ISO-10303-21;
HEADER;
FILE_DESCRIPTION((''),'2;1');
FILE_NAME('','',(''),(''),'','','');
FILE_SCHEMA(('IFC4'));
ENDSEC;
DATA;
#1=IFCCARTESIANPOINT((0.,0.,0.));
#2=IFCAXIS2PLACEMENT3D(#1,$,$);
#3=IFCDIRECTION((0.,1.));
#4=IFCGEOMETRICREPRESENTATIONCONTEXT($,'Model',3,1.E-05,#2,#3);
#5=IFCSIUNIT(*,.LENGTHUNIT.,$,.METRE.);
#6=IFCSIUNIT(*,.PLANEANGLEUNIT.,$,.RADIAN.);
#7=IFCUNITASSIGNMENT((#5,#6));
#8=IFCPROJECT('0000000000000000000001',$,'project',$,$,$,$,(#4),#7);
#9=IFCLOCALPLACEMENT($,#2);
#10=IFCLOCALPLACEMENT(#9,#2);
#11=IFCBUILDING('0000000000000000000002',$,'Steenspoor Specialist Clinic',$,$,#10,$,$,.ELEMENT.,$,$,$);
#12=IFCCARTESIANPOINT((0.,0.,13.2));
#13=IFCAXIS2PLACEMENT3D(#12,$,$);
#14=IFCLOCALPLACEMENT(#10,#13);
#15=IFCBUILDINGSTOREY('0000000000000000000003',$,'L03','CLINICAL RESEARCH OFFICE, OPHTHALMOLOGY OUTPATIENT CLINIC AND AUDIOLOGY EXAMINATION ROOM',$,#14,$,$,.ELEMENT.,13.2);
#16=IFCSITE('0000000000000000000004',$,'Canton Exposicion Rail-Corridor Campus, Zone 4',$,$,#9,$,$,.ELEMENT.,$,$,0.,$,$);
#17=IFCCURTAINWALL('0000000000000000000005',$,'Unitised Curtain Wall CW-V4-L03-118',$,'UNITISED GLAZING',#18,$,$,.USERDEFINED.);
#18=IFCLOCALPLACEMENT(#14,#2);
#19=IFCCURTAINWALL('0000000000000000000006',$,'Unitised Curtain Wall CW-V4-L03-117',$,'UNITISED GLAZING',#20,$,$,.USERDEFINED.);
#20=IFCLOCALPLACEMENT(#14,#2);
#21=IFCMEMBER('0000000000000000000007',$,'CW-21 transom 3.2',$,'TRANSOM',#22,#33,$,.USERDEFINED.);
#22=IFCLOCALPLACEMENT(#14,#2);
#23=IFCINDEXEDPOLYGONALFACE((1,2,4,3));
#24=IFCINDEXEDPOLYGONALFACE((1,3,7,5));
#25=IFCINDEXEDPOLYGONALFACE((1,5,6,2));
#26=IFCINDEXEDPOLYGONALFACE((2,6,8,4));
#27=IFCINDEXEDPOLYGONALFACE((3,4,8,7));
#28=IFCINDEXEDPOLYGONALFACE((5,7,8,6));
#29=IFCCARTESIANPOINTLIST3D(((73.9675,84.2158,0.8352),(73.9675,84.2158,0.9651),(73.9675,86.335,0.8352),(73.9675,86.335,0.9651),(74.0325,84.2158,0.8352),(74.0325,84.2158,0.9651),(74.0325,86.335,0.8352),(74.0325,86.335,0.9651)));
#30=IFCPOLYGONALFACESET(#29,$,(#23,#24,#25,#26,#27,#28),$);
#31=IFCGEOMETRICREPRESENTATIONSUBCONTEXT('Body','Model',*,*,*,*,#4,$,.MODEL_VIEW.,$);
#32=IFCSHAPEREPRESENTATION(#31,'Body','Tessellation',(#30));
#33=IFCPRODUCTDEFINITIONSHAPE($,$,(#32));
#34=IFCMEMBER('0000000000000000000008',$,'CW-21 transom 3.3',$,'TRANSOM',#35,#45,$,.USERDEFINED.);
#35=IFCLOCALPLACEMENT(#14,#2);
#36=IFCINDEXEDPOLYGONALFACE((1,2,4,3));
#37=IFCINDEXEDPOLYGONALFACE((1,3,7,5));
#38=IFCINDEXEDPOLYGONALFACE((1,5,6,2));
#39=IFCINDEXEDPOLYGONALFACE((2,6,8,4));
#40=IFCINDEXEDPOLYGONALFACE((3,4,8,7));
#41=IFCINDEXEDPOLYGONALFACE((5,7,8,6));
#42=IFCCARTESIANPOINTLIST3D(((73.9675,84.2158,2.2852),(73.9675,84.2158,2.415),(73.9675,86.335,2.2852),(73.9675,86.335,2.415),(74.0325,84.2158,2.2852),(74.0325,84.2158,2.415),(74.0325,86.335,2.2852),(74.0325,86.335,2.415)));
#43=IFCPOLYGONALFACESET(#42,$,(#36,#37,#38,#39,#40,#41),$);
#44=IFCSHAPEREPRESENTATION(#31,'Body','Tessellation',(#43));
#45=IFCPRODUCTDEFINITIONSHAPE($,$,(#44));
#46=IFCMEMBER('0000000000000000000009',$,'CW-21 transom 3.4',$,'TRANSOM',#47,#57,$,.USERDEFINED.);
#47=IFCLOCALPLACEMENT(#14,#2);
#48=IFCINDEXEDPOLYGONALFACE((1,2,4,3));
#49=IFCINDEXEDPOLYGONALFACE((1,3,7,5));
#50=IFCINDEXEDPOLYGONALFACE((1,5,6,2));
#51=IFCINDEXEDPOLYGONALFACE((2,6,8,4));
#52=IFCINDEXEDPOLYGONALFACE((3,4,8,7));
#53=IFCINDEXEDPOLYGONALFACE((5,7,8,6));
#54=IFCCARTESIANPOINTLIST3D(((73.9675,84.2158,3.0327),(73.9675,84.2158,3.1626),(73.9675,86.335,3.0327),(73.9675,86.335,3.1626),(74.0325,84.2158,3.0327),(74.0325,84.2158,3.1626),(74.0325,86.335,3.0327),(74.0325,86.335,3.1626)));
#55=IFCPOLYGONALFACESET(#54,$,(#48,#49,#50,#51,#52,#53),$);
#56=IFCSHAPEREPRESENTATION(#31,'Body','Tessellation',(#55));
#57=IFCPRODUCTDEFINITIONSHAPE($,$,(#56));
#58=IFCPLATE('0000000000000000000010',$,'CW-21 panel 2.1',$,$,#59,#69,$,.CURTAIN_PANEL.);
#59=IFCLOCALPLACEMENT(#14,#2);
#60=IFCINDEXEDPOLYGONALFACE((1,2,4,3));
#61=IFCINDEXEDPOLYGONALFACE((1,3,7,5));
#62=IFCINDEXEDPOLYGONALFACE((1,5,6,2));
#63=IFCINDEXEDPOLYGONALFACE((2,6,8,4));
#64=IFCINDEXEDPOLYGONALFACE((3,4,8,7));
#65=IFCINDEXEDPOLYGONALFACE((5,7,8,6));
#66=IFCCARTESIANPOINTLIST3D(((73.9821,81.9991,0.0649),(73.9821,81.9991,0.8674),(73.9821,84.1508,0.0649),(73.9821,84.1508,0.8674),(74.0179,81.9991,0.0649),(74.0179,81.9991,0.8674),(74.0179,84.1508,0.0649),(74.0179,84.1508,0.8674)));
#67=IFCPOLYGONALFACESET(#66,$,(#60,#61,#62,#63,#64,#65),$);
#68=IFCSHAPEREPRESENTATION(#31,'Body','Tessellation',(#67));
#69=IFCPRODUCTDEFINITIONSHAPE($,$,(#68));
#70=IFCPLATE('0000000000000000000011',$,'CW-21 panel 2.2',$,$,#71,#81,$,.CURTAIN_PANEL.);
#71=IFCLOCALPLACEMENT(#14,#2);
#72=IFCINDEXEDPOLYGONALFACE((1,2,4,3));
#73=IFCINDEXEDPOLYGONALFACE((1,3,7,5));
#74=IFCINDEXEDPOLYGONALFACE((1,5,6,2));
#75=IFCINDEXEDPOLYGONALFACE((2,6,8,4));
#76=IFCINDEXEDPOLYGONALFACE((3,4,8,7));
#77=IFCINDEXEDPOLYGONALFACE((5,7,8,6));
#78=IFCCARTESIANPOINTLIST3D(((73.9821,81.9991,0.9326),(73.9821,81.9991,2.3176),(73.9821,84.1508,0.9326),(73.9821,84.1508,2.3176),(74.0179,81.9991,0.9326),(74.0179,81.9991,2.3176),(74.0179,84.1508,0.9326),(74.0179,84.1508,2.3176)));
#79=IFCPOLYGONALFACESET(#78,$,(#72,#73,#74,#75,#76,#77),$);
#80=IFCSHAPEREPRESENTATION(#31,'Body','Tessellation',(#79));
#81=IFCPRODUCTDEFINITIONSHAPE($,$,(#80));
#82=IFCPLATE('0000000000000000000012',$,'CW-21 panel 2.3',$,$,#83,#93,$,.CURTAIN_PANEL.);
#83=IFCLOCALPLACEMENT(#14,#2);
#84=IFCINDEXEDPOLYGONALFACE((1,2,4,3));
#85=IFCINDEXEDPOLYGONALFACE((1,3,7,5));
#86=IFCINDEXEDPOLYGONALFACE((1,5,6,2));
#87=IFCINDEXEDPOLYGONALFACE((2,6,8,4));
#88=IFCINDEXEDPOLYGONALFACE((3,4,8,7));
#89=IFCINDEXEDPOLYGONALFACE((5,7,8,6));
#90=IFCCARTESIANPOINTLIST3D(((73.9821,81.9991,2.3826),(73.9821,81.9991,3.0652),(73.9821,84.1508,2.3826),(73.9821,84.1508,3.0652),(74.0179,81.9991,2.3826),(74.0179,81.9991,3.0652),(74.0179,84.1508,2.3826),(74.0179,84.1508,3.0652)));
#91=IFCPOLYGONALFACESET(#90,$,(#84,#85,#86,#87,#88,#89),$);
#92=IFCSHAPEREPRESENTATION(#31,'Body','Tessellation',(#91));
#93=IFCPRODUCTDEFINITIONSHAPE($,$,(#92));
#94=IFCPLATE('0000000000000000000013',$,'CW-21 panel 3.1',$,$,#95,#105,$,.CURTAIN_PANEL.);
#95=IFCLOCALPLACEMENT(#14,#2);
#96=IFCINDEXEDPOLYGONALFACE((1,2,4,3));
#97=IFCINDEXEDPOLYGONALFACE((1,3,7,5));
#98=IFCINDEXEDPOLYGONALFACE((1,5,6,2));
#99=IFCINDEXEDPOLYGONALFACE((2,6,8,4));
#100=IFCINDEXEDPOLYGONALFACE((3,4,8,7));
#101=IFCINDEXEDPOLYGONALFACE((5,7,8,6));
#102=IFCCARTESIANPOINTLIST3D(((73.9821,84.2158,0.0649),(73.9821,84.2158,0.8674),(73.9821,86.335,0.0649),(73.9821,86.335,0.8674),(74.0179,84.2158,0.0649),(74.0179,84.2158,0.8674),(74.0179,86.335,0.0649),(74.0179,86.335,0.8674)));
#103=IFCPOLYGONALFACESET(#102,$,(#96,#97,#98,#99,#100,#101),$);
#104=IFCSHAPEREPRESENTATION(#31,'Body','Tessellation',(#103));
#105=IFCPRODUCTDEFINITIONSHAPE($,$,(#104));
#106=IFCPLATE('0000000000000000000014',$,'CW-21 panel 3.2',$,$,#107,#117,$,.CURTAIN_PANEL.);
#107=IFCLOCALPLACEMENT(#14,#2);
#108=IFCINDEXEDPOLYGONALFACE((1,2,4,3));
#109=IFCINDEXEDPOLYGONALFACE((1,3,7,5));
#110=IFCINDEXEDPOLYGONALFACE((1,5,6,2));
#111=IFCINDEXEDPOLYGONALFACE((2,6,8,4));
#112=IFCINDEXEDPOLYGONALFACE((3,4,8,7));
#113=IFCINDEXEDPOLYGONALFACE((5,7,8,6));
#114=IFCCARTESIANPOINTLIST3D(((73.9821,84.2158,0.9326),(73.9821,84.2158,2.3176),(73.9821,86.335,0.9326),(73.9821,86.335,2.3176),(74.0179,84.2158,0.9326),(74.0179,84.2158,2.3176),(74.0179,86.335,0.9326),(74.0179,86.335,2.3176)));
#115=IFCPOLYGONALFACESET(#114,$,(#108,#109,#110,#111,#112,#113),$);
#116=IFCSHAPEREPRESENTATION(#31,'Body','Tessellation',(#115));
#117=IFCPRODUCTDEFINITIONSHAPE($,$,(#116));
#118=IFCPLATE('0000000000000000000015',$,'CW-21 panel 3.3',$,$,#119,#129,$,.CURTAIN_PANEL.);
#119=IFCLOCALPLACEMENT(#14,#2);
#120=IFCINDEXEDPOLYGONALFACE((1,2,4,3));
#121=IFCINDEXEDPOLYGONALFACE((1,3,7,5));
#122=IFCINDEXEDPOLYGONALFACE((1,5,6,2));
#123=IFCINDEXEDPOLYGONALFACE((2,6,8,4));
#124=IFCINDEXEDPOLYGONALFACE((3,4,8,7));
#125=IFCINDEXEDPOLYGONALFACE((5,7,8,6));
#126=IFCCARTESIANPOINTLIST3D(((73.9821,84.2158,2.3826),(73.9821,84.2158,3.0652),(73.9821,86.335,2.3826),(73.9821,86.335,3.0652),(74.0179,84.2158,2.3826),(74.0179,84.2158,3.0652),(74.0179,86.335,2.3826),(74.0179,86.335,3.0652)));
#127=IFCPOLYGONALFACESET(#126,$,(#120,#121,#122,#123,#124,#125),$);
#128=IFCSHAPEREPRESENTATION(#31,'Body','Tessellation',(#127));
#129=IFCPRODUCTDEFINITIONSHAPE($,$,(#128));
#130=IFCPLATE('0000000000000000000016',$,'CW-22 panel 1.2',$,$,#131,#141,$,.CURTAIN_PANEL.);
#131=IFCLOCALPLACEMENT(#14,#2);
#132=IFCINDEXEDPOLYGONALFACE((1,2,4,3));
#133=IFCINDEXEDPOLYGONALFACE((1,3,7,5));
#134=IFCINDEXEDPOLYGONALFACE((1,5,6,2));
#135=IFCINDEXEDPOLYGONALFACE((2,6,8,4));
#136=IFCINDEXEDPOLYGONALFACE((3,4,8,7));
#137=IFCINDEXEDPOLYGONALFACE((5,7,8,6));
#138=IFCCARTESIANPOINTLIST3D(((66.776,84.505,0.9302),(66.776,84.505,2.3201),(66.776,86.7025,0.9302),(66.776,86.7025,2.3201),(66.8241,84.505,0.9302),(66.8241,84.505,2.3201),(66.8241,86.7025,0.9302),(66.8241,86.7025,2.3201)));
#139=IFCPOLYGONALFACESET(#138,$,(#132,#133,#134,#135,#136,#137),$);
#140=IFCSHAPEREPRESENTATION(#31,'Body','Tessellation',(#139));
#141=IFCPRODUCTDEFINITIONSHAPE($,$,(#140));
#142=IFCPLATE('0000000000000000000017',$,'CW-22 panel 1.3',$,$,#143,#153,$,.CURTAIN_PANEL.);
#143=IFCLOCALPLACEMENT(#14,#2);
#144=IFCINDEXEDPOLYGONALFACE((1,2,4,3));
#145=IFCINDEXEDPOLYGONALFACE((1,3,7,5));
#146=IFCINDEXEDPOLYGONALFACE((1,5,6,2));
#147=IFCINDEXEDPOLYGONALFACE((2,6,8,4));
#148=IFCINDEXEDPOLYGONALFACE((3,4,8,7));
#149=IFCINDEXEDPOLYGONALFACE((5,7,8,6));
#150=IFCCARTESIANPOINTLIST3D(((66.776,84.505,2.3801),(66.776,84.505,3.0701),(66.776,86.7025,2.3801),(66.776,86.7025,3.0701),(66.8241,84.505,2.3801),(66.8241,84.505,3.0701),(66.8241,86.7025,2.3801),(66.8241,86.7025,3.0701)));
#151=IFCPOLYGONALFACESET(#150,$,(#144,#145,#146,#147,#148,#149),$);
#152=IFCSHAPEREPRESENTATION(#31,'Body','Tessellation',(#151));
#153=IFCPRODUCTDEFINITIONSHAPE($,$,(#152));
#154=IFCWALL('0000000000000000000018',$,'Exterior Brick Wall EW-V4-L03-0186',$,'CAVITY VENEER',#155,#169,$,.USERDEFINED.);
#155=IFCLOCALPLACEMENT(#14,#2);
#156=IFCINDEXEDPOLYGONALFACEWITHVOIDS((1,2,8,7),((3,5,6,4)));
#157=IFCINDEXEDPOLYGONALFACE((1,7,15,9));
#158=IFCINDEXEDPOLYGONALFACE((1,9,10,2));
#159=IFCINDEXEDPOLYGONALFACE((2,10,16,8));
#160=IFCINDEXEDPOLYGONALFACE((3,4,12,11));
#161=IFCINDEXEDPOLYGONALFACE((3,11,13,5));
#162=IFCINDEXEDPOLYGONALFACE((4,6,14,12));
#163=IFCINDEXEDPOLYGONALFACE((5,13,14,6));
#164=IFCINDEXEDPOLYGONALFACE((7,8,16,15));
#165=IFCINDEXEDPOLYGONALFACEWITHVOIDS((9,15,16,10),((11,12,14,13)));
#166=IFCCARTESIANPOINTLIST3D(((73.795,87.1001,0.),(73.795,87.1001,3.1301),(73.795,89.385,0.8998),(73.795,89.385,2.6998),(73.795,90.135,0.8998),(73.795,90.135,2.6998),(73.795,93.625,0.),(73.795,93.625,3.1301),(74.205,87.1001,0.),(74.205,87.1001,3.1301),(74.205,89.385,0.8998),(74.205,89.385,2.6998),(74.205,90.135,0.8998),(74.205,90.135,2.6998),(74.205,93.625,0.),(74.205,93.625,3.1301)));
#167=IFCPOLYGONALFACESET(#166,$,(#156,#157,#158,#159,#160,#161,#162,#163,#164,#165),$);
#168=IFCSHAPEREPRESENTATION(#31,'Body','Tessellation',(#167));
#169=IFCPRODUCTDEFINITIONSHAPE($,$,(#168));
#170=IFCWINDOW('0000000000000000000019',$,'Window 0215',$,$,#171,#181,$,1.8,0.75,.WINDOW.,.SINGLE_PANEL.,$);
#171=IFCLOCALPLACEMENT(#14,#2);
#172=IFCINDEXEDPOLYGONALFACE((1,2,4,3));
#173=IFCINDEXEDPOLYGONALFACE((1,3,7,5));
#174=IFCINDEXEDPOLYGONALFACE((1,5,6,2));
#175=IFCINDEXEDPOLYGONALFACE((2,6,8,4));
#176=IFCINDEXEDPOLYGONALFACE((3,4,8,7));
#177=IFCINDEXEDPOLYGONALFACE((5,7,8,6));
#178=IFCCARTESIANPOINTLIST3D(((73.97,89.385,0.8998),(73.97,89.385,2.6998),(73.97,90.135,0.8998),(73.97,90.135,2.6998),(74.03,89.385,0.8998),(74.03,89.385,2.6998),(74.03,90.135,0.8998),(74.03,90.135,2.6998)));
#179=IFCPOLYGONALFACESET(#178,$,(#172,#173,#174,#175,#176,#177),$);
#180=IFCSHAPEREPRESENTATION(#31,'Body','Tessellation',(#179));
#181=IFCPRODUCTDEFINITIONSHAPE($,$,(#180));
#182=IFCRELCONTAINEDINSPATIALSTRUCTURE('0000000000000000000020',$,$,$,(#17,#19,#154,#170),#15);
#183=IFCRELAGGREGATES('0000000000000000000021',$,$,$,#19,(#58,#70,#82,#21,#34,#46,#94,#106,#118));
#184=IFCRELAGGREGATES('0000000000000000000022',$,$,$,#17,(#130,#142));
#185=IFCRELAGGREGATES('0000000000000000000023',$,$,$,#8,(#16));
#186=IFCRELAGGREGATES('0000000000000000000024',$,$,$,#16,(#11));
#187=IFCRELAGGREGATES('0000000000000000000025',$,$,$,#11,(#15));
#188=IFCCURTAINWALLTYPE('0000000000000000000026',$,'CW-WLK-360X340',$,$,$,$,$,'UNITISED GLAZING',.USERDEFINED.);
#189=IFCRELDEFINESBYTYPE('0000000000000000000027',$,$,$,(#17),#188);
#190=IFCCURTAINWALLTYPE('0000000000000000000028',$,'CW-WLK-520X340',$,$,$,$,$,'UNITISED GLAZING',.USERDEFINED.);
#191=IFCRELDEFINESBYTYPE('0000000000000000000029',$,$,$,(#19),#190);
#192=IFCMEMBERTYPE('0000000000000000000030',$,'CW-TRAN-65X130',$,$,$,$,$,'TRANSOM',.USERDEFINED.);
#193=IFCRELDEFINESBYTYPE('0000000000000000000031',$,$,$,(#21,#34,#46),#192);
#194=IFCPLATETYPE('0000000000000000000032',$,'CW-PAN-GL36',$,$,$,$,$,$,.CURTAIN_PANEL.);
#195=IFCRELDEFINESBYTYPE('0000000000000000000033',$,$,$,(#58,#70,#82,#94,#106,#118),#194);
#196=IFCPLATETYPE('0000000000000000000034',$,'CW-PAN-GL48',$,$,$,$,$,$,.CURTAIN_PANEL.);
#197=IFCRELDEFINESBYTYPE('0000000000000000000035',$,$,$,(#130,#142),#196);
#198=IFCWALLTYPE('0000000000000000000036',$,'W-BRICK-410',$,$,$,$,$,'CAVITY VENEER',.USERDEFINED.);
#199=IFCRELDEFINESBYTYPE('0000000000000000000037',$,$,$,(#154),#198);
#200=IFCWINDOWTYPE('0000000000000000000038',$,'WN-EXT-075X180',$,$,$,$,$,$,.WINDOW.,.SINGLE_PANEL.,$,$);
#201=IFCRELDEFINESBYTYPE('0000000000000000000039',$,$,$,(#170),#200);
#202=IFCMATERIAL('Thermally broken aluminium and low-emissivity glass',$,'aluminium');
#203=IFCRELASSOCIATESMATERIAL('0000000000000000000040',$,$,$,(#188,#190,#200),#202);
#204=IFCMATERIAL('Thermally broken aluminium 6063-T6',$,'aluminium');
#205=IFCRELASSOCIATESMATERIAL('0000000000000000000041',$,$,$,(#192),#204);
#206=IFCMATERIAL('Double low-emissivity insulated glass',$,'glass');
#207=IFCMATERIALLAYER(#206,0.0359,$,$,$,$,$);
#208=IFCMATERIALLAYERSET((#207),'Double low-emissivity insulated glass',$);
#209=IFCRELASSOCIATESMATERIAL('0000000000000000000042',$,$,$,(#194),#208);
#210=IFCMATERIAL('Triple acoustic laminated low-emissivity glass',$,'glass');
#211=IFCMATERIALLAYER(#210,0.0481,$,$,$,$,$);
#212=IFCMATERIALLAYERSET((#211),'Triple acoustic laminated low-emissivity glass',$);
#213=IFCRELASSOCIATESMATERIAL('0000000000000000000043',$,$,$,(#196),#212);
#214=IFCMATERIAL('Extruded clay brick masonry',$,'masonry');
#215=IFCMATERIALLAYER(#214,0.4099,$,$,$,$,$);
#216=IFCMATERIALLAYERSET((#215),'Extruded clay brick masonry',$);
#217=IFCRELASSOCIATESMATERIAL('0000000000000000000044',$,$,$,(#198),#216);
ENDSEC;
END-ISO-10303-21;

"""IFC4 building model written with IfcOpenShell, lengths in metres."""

from ifc_helpers import new_model, si_unit, direction, frame, frame_2d, origin, origin_2d, place, context, subcontext, project, spatial, rectangle, extrude, material, layer, layer_set, material_profile, profile_set, type_object, element, fill, aggregate, save


model = new_model("IFC4")

# Units and contexts
model_context = context("Model", 3, precision=1e-05, world=origin(), true_north=direction((0.0, 1.0)))
body_context = subcontext(model_context, "Body", "Model", "MODEL_VIEW")
ifc_project = project(units=[si_unit("LENGTHUNIT", "METRE"), si_unit("PLANEANGLEUNIT", "RADIAN")], contexts=[model_context])

# Site, building, storey
site_placement = place(None, origin())
site = spatial("IfcSite", under=ifc_project, at=site_placement, Name="Canton Exposicion Rail-Corridor Campus, Zone 4", CompositionType="ELEMENT", RefElevation=0.0)
building_placement = place(site_placement, origin())
building = spatial("IfcBuilding", under=site, at=building_placement, Name="Steenspoor Specialist Clinic", CompositionType="ELEMENT")
storey_placement = place(building_placement, frame((0.0, 0.0, 13.2)))
storey = spatial("IfcBuildingStorey", under=building, at=storey_placement, Name="L03", Description="CLINICAL RESEARCH OFFICE, OPHTHALMOLOGY OUTPATIENT CLINIC AND AUDIOLOGY EXAMINATION ROOM", CompositionType="ELEMENT", Elevation=13.2)

# Curtain wall
ifc_material_1 = material(Name="Thermally broken aluminium and low-emissivity glass", Category="aluminium")
curtain_wall_type_1 = type_object("IfcCurtainWallType", Name="CW-WLK-360X340", ElementType="UNITISED GLAZING", PredefinedType="USERDEFINED", material=ifc_material_1)
curtain_wall_1_placement = place(storey_placement, origin())
curtain_wall_1 = element("IfcCurtainWall", 1, at=curtain_wall_1_placement, inside=storey, type_object=curtain_wall_type_1, Name="Unitised Curtain Wall CW-V4-L03-118", ObjectType="UNITISED GLAZING", PredefinedType="USERDEFINED")
ifc_material_2 = material(Name="Thermally broken aluminium 6063-T6", Category="aluminium")

# Curtain wall
curtain_wall_type_2 = type_object("IfcCurtainWallType", Name="CW-WLK-520X340", ElementType="UNITISED GLAZING", PredefinedType="USERDEFINED", material=ifc_material_1)
curtain_wall_2_placement = place(storey_placement, origin())
curtain_wall_2 = element("IfcCurtainWall", 2, at=curtain_wall_2_placement, inside=storey, type_object=curtain_wall_type_2, Name="Unitised Curtain Wall CW-V4-L03-117", ObjectType="UNITISED GLAZING", PredefinedType="USERDEFINED")

# Members
ifc_material_profile_1 = material_profile(ifc_material_2, rectangle(XDim=0.0649, YDim=0.1299, at=origin_2d()), Name="CWT-65X130")
ifc_profile_set_1 = profile_set([ifc_material_profile_1], Name="Thermally broken aluminium 6063-T6")
member_type_1 = type_object("IfcMemberType", Name="CW-TRAN-65X130", ElementType="TRANSOM", PredefinedType="USERDEFINED", material=ifc_profile_set_1)
member_1_placement = place(storey_placement, frame((74.0, 84.2158, 0.9001), z_axis=(0.0, 1.0, 0.0), x_axis=(-1.0, 0.0, 0.0)))
member_1 = element("IfcMember", 3, at=member_1_placement, type_object=member_type_1, Name="CW-21 transom 3.2", ObjectType="TRANSOM", PredefinedType="USERDEFINED", context=body_context, shape_type="SweptSolid", body=[
    extrude(rectangle(XDim=0.0649, YDim=0.1299, at=origin_2d()), origin(), (0.0, 0.0, 1.0), 2.1191),
])
member_2_placement = place(storey_placement, frame((74.0, 84.2158, 2.3501), z_axis=(0.0, 1.0, 0.0), x_axis=(-1.0, 0.0, 0.0)))
member_2 = element("IfcMember", 4, at=member_2_placement, type_object=member_type_1, Name="CW-21 transom 3.3", ObjectType="TRANSOM", PredefinedType="USERDEFINED", context=body_context, shape_type="SweptSolid", body=[
    extrude(rectangle(XDim=0.0649, YDim=0.1299, at=origin_2d()), origin(), (0.0, 0.0, 1.0), 2.1191),
])
member_3_placement = place(storey_placement, frame((74.0, 84.2158, 3.0977), z_axis=(0.0, 1.0, 0.0), x_axis=(-1.0, 0.0, 0.0)))
member_3 = element("IfcMember", 5, at=member_3_placement, type_object=member_type_1, Name="CW-21 transom 3.4", ObjectType="TRANSOM", PredefinedType="USERDEFINED", context=body_context, shape_type="SweptSolid", body=[
    extrude(rectangle(XDim=0.0649, YDim=0.1299, at=origin_2d()), origin(), (0.0, 0.0, 1.0), 2.1191),
])

# Plates
ifc_material_3 = material(Name="Double low-emissivity insulated glass", Category="glass")
ifc_layer_1 = layer(ifc_material_3, 0.0359)
ifc_layer_set_1 = layer_set([ifc_layer_1], Name="Double low-emissivity insulated glass")
plate_type_1 = type_object("IfcPlateType", Name="CW-PAN-GL36", PredefinedType="CURTAIN_PANEL", material=ifc_layer_set_1)
plate_1_placement = place(storey_placement, frame((74.0, 83.075, 0.0649), z_axis=(0.0, 0.0, 1.0), x_axis=(0.0, 1.0, 0.0)))
plate_1 = element("IfcPlate", 6, at=plate_1_placement, type_object=plate_type_1, Name="CW-21 panel 2.1", PredefinedType="CURTAIN_PANEL", context=body_context, shape_type="SweptSolid", body=[
    extrude(rectangle(XDim=2.1516, YDim=0.0359, at=origin_2d()), origin(), (0.0, 0.0, 1.0), 0.8025),
])
plate_2_placement = place(storey_placement, frame((74.0, 83.075, 0.9326), z_axis=(0.0, 0.0, 1.0), x_axis=(0.0, 1.0, 0.0)))
plate_2 = element("IfcPlate", 7, at=plate_2_placement, type_object=plate_type_1, Name="CW-21 panel 2.2", PredefinedType="CURTAIN_PANEL", context=body_context, shape_type="SweptSolid", body=[
    extrude(rectangle(XDim=2.1516, YDim=0.0359, at=origin_2d()), origin(), (0.0, 0.0, 1.0), 1.385),
])
plate_3_placement = place(storey_placement, frame((74.0, 83.075, 2.3826), z_axis=(0.0, 0.0, 1.0), x_axis=(0.0, 1.0, 0.0)))
plate_3 = element("IfcPlate", 8, at=plate_3_placement, type_object=plate_type_1, Name="CW-21 panel 2.3", PredefinedType="CURTAIN_PANEL", context=body_context, shape_type="SweptSolid", body=[
    extrude(rectangle(XDim=2.1516, YDim=0.0359, at=origin_2d()), origin(), (0.0, 0.0, 1.0), 0.6826),
])
plate_4_placement = place(storey_placement, frame((74.0, 85.2754, 0.0649), z_axis=(0.0, 0.0, 1.0), x_axis=(0.0, 1.0, 0.0)))
plate_4 = element("IfcPlate", 9, at=plate_4_placement, type_object=plate_type_1, Name="CW-21 panel 3.1", PredefinedType="CURTAIN_PANEL", context=body_context, shape_type="SweptSolid", body=[
    extrude(rectangle(XDim=2.1191, YDim=0.0359, at=origin_2d()), origin(), (0.0, 0.0, 1.0), 0.8025),
])
plate_5_placement = place(storey_placement, frame((74.0, 85.2754, 0.9326), z_axis=(0.0, 0.0, 1.0), x_axis=(0.0, 1.0, 0.0)))
plate_5 = element("IfcPlate", 10, at=plate_5_placement, type_object=plate_type_1, Name="CW-21 panel 3.2", PredefinedType="CURTAIN_PANEL", context=body_context, shape_type="SweptSolid", body=[
    extrude(rectangle(XDim=2.1191, YDim=0.0359, at=origin_2d()), origin(), (0.0, 0.0, 1.0), 1.385),
])
plate_6_placement = place(storey_placement, frame((74.0, 85.2754, 2.3826), z_axis=(0.0, 0.0, 1.0), x_axis=(0.0, 1.0, 0.0)))
plate_6 = element("IfcPlate", 11, at=plate_6_placement, type_object=plate_type_1, Name="CW-21 panel 3.3", PredefinedType="CURTAIN_PANEL", context=body_context, shape_type="SweptSolid", body=[
    extrude(rectangle(XDim=2.1191, YDim=0.0359, at=origin_2d()), origin(), (0.0, 0.0, 1.0), 0.6826),
])
aggregate(curtain_wall_2, [plate_1, plate_2, plate_3, member_1, member_2, member_3, plate_4, plate_5, plate_6])
ifc_material_4 = material(Name="Triple acoustic laminated low-emissivity glass", Category="glass")
ifc_layer_2 = layer(ifc_material_4, 0.0481)
ifc_layer_set_2 = layer_set([ifc_layer_2], Name="Triple acoustic laminated low-emissivity glass")
plate_type_2 = type_object("IfcPlateType", Name="CW-PAN-GL48", PredefinedType="CURTAIN_PANEL", material=ifc_layer_set_2)
plate_7_placement = place(storey_placement, frame((66.8, 85.6038, 0.9302), z_axis=(0.0, 0.0, 1.0), x_axis=(0.0, -1.0, 0.0)))
plate_7 = element("IfcPlate", 12, at=plate_7_placement, type_object=plate_type_2, Name="CW-22 panel 1.2", PredefinedType="CURTAIN_PANEL", context=body_context, shape_type="SweptSolid", body=[
    extrude(rectangle(XDim=2.1975, YDim=0.0481, at=origin_2d()), origin(), (0.0, 0.0, 1.0), 1.3899),
])
plate_8_placement = place(storey_placement, frame((66.8, 85.6038, 2.3801), z_axis=(0.0, 0.0, 1.0), x_axis=(0.0, -1.0, 0.0)))
plate_8 = element("IfcPlate", 13, at=plate_8_placement, type_object=plate_type_2, Name="CW-22 panel 1.3", PredefinedType="CURTAIN_PANEL", context=body_context, shape_type="SweptSolid", body=[
    extrude(rectangle(XDim=2.1975, YDim=0.0481, at=origin_2d()), origin(), (0.0, 0.0, 1.0), 0.6899),
])
aggregate(curtain_wall_1, [plate_7, plate_8])

# Wall, opening, window
ifc_material_5 = material(Name="Extruded clay brick masonry", Category="masonry")
ifc_layer_3 = layer(ifc_material_5, 0.4099)
ifc_layer_set_3 = layer_set([ifc_layer_3], Name="Extruded clay brick masonry")
wall_type = type_object("IfcWallType", Name="W-BRICK-410", ElementType="CAVITY VENEER", PredefinedType="USERDEFINED", material=ifc_layer_set_3)
wall_placement = place(storey_placement, frame((74.0, 87.1001, 0.0), z_axis=(0.0, 0.0, 1.0), x_axis=(0.0, 1.0, 0.0)))
wall = element("IfcWall", 14, at=wall_placement, inside=storey, type_object=wall_type, Name="Exterior Brick Wall EW-V4-L03-0186", ObjectType="CAVITY VENEER", PredefinedType="USERDEFINED", context=body_context, shape_type="SweptSolid", body=[
    extrude(rectangle(XDim=6.5249, YDim=0.4099, at=frame_2d((3.2625, 0.0))), origin(), (0.0, 0.0, 1.0), 3.1301),
])
opening_placement = place(wall_placement, frame((2.2849, 0.0, 0.8999)))
opening = element("IfcOpeningElement", 15, at=opening_placement, cuts=wall, PredefinedType="OPENING", context=body_context, shape_type="SweptSolid", body=[
    extrude(rectangle(XDim=0.75, YDim=1.8, at=frame_2d((0.375, 0.8999))), frame((0.0, 0.2148, 0.0), z_axis=(0.0, -1.0, 0.0), x_axis=(1.0, 0.0, 0.0)), (0.0, 0.0, 1.0), 0.4299),
])
window_type = type_object("IfcWindowType", Name="WN-EXT-075X180", PartitioningType="SINGLE_PANEL", PredefinedType="WINDOW", material=ifc_material_1)
window_placement = place(opening_placement, origin())
window = element("IfcWindow", 16, at=window_placement, inside=storey, type_object=window_type, Name="Window 0215", OverallHeight=1.8, OverallWidth=0.75, PartitioningType="SINGLE_PANEL", PredefinedType="WINDOW", context=body_context, shape_type="SweptSolid", body=[
    extrude(rectangle(XDim=0.75, YDim=1.8, at=frame_2d((0.375, 0.8999))), frame((0.0, 0.03, 0.0), z_axis=(0.0, -1.0, 0.0), x_axis=(1.0, 0.0, 0.0)), (0.0, 0.0, 1.0), 0.0601),
])
fill(opening, window)

save(model, "model.ifc")
